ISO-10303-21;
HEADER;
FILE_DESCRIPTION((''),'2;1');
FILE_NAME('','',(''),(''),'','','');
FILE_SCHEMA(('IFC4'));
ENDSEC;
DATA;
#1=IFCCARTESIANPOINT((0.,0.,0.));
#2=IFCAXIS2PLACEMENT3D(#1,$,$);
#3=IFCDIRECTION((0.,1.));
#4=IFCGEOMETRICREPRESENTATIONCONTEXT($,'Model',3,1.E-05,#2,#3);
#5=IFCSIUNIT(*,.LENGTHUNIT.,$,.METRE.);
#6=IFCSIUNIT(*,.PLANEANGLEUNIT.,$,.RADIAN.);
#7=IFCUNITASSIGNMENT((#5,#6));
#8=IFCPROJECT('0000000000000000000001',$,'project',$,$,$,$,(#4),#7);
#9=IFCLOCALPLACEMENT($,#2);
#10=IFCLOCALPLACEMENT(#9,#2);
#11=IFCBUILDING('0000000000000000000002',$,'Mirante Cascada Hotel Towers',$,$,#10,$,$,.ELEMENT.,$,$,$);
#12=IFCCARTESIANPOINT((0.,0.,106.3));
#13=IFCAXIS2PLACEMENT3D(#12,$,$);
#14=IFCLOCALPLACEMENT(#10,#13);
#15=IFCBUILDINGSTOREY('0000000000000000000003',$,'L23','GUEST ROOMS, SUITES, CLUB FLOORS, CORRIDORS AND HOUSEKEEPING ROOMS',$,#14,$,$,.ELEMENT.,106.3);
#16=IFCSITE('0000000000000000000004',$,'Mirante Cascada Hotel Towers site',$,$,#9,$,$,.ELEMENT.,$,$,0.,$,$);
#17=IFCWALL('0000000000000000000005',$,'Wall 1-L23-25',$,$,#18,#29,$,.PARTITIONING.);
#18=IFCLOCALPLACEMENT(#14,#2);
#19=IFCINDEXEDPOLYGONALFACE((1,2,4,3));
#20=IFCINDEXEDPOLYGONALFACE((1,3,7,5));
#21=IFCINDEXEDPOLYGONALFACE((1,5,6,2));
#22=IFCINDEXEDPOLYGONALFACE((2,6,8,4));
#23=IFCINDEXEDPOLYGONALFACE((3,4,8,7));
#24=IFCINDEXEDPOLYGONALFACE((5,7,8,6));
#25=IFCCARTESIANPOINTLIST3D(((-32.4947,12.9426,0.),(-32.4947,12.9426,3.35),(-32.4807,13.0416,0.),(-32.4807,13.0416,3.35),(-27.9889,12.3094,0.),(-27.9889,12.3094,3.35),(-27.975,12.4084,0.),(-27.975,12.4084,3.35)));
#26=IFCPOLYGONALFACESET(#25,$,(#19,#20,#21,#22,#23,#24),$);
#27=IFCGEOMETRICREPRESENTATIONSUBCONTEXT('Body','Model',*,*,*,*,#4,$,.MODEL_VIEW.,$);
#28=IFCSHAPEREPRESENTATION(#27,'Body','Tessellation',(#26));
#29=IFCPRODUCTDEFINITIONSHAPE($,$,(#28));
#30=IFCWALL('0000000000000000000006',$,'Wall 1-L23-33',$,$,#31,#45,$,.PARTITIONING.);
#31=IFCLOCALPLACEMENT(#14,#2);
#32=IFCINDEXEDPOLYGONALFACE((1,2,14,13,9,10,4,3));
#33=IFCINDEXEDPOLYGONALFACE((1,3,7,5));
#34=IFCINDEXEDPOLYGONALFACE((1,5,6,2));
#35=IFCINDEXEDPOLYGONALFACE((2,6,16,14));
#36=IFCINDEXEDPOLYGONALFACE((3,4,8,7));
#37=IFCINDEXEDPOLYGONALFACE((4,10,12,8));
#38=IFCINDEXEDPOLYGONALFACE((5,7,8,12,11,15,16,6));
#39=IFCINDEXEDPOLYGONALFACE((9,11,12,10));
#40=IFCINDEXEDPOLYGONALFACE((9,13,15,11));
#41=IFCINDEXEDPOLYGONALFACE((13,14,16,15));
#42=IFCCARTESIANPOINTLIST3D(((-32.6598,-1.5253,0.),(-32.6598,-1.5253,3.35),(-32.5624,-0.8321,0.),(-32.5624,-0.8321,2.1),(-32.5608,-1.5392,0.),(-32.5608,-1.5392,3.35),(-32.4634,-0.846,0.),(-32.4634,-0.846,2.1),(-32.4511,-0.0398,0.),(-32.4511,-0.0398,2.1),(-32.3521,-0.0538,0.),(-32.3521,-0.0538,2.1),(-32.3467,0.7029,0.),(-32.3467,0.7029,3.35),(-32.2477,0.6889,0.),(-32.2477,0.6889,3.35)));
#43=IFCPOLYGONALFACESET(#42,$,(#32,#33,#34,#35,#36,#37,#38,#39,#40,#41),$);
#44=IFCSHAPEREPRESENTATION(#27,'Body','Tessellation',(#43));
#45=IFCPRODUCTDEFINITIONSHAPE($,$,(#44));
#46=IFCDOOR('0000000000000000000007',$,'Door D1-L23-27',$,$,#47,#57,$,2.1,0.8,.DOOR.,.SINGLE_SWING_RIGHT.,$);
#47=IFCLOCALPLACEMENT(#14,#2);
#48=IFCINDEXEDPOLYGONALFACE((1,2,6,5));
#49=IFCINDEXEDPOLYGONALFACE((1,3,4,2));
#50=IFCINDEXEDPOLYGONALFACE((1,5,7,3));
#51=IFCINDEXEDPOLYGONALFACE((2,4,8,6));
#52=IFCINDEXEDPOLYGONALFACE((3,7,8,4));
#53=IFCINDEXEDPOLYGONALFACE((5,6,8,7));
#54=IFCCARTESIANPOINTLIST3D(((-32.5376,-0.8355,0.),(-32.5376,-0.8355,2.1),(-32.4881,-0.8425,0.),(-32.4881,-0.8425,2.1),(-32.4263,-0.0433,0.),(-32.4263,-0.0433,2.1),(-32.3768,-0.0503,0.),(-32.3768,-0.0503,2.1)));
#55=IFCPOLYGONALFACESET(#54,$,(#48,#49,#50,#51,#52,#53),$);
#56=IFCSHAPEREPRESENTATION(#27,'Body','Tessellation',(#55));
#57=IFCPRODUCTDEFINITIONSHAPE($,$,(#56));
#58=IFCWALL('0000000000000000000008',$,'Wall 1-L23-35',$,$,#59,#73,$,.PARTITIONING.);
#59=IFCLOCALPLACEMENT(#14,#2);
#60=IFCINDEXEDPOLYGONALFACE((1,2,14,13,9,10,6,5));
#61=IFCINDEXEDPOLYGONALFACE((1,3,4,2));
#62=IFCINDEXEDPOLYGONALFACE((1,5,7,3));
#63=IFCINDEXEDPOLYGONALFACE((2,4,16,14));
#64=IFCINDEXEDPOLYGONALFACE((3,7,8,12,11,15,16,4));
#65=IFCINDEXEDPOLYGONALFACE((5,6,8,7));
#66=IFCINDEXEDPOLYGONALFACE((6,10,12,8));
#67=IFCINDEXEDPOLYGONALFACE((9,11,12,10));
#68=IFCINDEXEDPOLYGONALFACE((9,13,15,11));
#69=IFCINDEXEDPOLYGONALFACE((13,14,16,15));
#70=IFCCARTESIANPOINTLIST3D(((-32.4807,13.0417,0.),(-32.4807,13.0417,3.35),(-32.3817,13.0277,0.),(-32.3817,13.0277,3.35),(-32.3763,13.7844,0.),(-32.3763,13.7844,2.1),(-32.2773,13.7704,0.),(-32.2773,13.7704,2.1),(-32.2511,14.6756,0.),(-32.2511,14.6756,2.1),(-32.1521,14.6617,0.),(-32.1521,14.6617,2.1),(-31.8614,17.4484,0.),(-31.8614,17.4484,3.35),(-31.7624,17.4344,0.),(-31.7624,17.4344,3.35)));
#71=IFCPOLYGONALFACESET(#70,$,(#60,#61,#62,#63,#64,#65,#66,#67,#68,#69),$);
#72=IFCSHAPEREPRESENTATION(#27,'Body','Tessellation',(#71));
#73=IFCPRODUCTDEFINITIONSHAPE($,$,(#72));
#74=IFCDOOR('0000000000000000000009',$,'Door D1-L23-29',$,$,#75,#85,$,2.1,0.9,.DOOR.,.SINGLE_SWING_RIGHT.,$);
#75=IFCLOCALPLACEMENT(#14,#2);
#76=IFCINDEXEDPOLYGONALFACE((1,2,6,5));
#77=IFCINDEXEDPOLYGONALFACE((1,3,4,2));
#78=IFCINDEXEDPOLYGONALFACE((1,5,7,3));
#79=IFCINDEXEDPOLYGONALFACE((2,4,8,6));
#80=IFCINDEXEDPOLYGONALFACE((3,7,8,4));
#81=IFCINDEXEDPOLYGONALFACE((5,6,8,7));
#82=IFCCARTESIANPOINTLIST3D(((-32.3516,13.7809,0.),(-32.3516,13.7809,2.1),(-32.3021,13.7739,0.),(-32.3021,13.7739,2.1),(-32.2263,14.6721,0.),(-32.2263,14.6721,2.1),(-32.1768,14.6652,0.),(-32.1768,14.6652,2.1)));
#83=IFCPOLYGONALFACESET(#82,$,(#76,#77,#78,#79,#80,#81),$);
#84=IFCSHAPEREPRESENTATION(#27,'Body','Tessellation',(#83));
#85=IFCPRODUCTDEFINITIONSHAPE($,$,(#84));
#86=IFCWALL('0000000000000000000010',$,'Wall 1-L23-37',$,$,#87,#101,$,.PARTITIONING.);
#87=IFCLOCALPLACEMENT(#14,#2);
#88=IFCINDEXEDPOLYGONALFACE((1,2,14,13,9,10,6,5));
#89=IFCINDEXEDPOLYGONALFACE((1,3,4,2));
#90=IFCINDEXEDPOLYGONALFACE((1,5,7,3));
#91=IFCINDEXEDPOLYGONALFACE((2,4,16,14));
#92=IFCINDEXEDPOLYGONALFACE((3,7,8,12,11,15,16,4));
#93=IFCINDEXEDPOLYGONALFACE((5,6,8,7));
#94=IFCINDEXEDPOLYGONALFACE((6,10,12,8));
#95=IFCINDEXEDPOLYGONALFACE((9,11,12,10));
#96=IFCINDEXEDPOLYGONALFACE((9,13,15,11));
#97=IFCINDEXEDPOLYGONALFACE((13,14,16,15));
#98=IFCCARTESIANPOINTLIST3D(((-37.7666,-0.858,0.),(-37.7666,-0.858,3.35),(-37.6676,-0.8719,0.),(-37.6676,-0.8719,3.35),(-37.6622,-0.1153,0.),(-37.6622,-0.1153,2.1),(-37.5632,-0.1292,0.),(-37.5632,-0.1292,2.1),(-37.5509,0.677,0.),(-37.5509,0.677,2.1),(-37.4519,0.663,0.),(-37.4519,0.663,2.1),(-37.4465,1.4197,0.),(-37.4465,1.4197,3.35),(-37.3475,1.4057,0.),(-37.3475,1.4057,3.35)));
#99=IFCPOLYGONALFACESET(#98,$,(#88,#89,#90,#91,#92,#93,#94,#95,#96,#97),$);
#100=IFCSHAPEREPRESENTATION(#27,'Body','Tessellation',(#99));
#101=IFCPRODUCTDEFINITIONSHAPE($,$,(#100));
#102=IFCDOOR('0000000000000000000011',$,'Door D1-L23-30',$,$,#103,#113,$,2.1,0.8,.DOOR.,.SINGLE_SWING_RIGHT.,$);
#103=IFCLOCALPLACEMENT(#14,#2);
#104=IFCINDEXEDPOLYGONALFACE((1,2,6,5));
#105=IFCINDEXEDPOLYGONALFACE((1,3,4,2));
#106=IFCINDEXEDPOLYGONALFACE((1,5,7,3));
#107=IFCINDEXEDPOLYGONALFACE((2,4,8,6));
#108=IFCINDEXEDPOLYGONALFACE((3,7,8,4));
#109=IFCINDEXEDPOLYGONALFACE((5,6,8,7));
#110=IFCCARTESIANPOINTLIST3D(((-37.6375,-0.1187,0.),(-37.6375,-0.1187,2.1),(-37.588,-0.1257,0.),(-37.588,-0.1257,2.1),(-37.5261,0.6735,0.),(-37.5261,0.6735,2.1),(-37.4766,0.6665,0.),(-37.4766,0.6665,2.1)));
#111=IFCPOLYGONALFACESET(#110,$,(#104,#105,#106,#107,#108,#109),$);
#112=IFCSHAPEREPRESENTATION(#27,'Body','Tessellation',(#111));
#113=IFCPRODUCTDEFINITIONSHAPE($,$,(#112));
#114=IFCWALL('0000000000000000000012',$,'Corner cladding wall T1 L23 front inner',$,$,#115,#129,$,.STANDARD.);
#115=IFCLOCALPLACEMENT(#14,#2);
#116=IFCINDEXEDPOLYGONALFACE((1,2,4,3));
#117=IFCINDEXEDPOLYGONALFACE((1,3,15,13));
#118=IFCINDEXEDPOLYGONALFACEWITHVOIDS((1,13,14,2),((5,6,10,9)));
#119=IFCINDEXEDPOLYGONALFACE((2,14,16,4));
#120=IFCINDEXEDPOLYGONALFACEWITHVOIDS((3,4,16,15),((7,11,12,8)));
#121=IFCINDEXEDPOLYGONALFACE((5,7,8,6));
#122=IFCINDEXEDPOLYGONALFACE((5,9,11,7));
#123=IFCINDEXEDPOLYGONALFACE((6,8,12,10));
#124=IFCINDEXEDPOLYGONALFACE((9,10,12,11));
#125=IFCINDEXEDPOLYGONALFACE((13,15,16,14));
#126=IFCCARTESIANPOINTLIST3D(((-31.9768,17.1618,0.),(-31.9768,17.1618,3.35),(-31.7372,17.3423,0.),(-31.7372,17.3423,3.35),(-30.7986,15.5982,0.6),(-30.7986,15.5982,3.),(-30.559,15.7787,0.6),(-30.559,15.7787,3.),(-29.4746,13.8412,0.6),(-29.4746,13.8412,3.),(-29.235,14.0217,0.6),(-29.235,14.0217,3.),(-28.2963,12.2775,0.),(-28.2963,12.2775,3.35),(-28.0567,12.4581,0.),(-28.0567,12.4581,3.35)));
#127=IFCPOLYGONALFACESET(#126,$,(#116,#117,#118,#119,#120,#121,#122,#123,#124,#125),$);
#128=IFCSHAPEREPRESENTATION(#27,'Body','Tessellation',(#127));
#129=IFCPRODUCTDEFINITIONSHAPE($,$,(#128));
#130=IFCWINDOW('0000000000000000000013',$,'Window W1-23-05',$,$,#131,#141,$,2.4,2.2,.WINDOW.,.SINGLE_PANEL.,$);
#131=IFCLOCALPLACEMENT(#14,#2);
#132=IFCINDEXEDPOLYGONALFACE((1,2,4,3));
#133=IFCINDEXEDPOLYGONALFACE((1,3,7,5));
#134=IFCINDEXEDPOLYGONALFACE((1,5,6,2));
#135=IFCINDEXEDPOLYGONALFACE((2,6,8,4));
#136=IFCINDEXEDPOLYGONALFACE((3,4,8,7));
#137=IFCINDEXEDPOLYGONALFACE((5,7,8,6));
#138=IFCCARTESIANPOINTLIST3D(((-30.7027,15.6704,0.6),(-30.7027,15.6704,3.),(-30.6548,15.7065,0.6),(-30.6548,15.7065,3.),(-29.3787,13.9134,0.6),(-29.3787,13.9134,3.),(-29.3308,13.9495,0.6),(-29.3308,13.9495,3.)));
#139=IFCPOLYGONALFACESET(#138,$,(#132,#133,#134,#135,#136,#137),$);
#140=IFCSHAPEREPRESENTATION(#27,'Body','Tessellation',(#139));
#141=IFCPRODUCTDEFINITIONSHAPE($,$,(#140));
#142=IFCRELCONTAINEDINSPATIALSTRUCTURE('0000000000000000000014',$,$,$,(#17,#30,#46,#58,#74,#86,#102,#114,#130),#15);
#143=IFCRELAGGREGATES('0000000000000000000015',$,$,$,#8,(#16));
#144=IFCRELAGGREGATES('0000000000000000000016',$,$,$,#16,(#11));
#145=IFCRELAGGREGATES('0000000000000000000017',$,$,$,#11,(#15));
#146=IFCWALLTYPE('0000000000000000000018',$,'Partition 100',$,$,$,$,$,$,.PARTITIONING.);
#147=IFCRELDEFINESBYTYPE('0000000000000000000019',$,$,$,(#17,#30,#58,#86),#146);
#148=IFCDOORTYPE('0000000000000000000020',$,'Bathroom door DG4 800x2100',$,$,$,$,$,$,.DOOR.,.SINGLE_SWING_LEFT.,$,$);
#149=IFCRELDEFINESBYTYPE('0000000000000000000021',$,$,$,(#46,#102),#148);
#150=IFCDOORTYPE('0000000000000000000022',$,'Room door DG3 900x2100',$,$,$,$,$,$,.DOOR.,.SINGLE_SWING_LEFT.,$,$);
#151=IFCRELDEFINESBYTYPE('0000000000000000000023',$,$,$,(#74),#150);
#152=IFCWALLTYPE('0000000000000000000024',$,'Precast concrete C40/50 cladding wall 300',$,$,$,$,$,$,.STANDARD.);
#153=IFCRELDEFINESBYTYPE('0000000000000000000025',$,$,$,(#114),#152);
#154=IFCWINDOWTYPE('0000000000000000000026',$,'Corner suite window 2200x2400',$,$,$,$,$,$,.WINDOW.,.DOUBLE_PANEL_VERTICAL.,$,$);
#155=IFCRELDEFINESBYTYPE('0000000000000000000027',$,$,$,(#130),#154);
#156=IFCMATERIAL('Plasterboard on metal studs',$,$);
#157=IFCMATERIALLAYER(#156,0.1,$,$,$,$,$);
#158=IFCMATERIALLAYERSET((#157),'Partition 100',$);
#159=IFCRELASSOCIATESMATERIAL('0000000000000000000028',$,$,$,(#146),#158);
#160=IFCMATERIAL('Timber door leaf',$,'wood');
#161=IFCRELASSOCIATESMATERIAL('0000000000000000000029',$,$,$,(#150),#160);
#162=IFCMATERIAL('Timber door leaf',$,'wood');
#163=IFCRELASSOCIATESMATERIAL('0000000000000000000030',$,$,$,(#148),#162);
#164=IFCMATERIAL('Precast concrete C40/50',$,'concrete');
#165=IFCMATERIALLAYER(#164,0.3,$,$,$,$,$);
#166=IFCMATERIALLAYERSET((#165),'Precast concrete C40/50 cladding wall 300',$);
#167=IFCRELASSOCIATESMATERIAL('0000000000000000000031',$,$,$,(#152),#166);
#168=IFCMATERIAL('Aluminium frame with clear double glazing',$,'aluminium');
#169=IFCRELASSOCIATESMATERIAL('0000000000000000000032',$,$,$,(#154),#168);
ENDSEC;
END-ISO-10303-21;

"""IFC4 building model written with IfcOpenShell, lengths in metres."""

from ifc_helpers import new_model, si_unit, direction, frame, frame_2d, origin, place, context, subcontext, project, spatial, rectangle, extrude, material, layer, layer_set, type_object, element, fill, save


model = new_model("IFC4")

# Units and contexts
model_context = context("Model", 3, precision=1e-05, world=origin(), true_north=direction((0.0, 1.0)))
body_context = subcontext(model_context, "Body", "Model", "MODEL_VIEW")
ifc_project = project(units=[si_unit("LENGTHUNIT", "METRE"), si_unit("PLANEANGLEUNIT", "RADIAN")], contexts=[model_context])

# Site, building, storey
site_placement = place(None, origin())
site = spatial("IfcSite", under=ifc_project, at=site_placement, Name="Mirante Cascada Hotel Towers site", CompositionType="ELEMENT", RefElevation=0.0)
building_placement = place(site_placement, origin())
building = spatial("IfcBuilding", under=site, at=building_placement, Name="Mirante Cascada Hotel Towers", CompositionType="ELEMENT")
storey_placement = place(building_placement, frame((0.0, 0.0, 106.3)))
storey = spatial("IfcBuildingStorey", under=building, at=storey_placement, Name="L23", Description="GUEST ROOMS, SUITES, CLUB FLOORS, CORRIDORS AND HOUSEKEEPING ROOMS", CompositionType="ELEMENT", Elevation=106.3)

# Shared definitions
ifc_material_1 = material(Name="Plasterboard on metal studs")
ifc_layer_1 = layer(ifc_material_1, 0.1)
ifc_layer_set_1 = layer_set([ifc_layer_1], Name="Partition 100")
wall_type_1 = type_object("IfcWallType", Name="Partition 100", PredefinedType="PARTITIONING", material=ifc_layer_set_1)

# Shared definitions
ifc_material_2 = material(Name="Timber door leaf", Category="wood")
door_type_1 = type_object("IfcDoorType", Name="Room door DG3 900x2100", OperationType="SINGLE_SWING_LEFT", PredefinedType="DOOR", material=ifc_material_2)

# Wall
wall_1_placement = place(storey_placement, frame((-32.4877, 12.9921, 0.0), z_axis=(0.0, 0.0, 1.0), x_axis=(0.990269, -0.139166, 0.0)))
element("IfcWall", 1, at=wall_1_placement, inside=storey, type_object=wall_type_1, Name="Wall 1-L23-25", PredefinedType="PARTITIONING", context=body_context, shape_type="SweptSolid", body=[
    extrude(rectangle(XDim=4.55, YDim=0.1, at=frame_2d((2.275, 0.0))), origin(), (0.0, 0.0, 1.0), 3.35),
])

# Walls, openings, doors
wall_2_placement = place(storey_placement, frame((-32.2972, 0.6959, 0.0), z_axis=(0.0, 0.0, 1.0), x_axis=(-0.139156, -0.990271, 0.0)))
wall_2 = element("IfcWall", 2, at=wall_2_placement, inside=storey, type_object=wall_type_1, Name="Wall 1-L23-33", PredefinedType="PARTITIONING", context=body_context, shape_type="SweptSolid", body=[
    extrude(rectangle(XDim=2.25, YDim=0.1, at=frame_2d((1.125, 0.0))), origin(), (0.0, 0.0, 1.0), 3.35),
])
opening_1_placement = place(wall_2_placement, frame((0.75, 0.0, 0.0)))
opening_1 = element("IfcOpeningElement", 3, at=opening_1_placement, cuts=wall_2, PredefinedType="OPENING", context=body_context, shape_type="SweptSolid", body=[
    extrude(rectangle(XDim=0.8, YDim=2.1, at=frame_2d((0.4, 1.05))), frame((0.0, 0.05, 0.0), z_axis=(0.0, -1.0, 0.0), x_axis=(1.0, 0.0, 0.0)), (0.0, 0.0, 1.0), 0.1),
])
ifc_material_3 = material(Name="Timber door leaf", Category="wood")
door_type_2 = type_object("IfcDoorType", Name="Bathroom door DG4 800x2100", OperationType="SINGLE_SWING_LEFT", PredefinedType="DOOR", material=ifc_material_3)
door_1_placement = place(opening_1_placement, frame((0.8, 0.0, 0.0), z_axis=(0.0, 0.0, 1.0), x_axis=(-1.0, 0.0, 0.0)))
door_1 = element("IfcDoor", 4, at=door_1_placement, inside=storey, type_object=door_type_2, Name="Door D1-L23-27", OperationType="SINGLE_SWING_RIGHT", OverallHeight=2.1, OverallWidth=0.8, PredefinedType="DOOR", context=body_context, shape_type="SweptSolid", body=[
    extrude(rectangle(XDim=0.8, YDim=2.1, at=frame_2d((0.4, 1.05))), frame((0.0, 0.025, 0.0), z_axis=(0.0, -1.0, 0.0), x_axis=(1.0, 0.0, 0.0)), (0.0, 0.0, 1.0), 0.05),
])
fill(opening_1, door_1)
wall_3_placement = place(storey_placement, frame((-31.8119, 17.4414, 0.0), z_axis=(0.0, 0.0, 1.0), x_axis=(-0.139168, -0.990269, 0.0)))
wall_3 = element("IfcWall", 5, at=wall_3_placement, inside=storey, type_object=wall_type_1, Name="Wall 1-L23-35", PredefinedType="PARTITIONING", context=body_context, shape_type="SweptSolid", body=[
    extrude(rectangle(XDim=4.45, YDim=0.1, at=frame_2d((2.225, 0.0))), origin(), (0.0, 0.0, 1.0), 3.35),
])
opening_2_placement = place(wall_3_placement, frame((2.8, 0.0, 0.0)))
opening_2 = element("IfcOpeningElement", 6, at=opening_2_placement, cuts=wall_3, PredefinedType="OPENING", context=body_context, shape_type="SweptSolid", body=[
    extrude(rectangle(XDim=0.9, YDim=2.1, at=frame_2d((0.45, 1.05))), frame((0.0, 0.05, 0.0), z_axis=(0.0, -1.0, 0.0), x_axis=(1.0, 0.0, 0.0)), (0.0, 0.0, 1.0), 0.1),
])
door_2_placement = place(opening_2_placement, frame((0.9, 0.0, 0.0), z_axis=(0.0, 0.0, 1.0), x_axis=(-1.0, 0.0, 0.0)))
door_2 = element("IfcDoor", 7, at=door_2_placement, inside=storey, type_object=door_type_1, Name="Door D1-L23-29", OperationType="SINGLE_SWING_RIGHT", OverallHeight=2.1, OverallWidth=0.9, PredefinedType="DOOR", context=body_context, shape_type="SweptSolid", body=[
    extrude(rectangle(XDim=0.9, YDim=2.1, at=frame_2d((0.45, 1.05))), frame((0.0, 0.025, 0.0), z_axis=(0.0, -1.0, 0.0), x_axis=(1.0, 0.0, 0.0)), (0.0, 0.0, 1.0), 0.05),
])
fill(opening_2, door_2)
wall_4_placement = place(storey_placement, frame((-37.397, 1.4127, 0.0), z_axis=(0.0, 0.0, 1.0), x_axis=(-0.139175, -0.990268, 0.0)))
wall_4 = element("IfcWall", 8, at=wall_4_placement, inside=storey, type_object=wall_type_1, Name="Wall 1-L23-37", PredefinedType="PARTITIONING", context=body_context, shape_type="SweptSolid", body=[
    extrude(rectangle(XDim=2.3, YDim=0.1, at=frame_2d((1.15, 0.0))), origin(), (0.0, 0.0, 1.0), 3.35),
])
opening_3_placement = place(wall_4_placement, frame((0.75, 0.0, 0.0)))
opening_3 = element("IfcOpeningElement", 9, at=opening_3_placement, cuts=wall_4, PredefinedType="OPENING", context=body_context, shape_type="SweptSolid", body=[
    extrude(rectangle(XDim=0.8, YDim=2.1, at=frame_2d((0.4, 1.05))), frame((0.0, 0.05, 0.0), z_axis=(0.0, -1.0, 0.0), x_axis=(1.0, 0.0, 0.0)), (0.0, 0.0, 1.0), 0.1),
])
door_3_placement = place(opening_3_placement, frame((0.8, 0.0, 0.0), z_axis=(0.0, 0.0, 1.0), x_axis=(-1.0, 0.0, 0.0)))
door_3 = element("IfcDoor", 10, at=door_3_placement, inside=storey, type_object=door_type_2, Name="Door D1-L23-30", OperationType="SINGLE_SWING_RIGHT", OverallHeight=2.1, OverallWidth=0.8, PredefinedType="DOOR", context=body_context, shape_type="SweptSolid", body=[
    extrude(rectangle(XDim=0.8, YDim=2.1, at=frame_2d((0.4, 1.05))), frame((0.0, 0.025, 0.0), z_axis=(0.0, -1.0, 0.0), x_axis=(1.0, 0.0, 0.0)), (0.0, 0.0, 1.0), 0.05),
])
fill(opening_3, door_3)

# Wall, opening, window
ifc_material_4 = material(Name="Precast concrete C40/50", Category="concrete")
ifc_layer_2 = layer(ifc_material_4, 0.3)
ifc_layer_set_2 = layer_set([ifc_layer_2], Name="Precast concrete C40/50 cladding wall 300")
wall_type_2 = type_object("IfcWallType", Name="Precast concrete C40/50 cladding wall 300", PredefinedType="STANDARD", material=ifc_layer_set_2)
wall_5_placement = place(storey_placement, frame((-31.857, 17.252, 0.0), z_axis=(0.0, 0.0, 1.0), x_axis=(0.601814, -0.798636, 0.0)))
wall_5 = element("IfcWall", 11, at=wall_5_placement, inside=storey, type_object=wall_type_2, Name="Corner cladding wall T1 L23 front inner", PredefinedType="STANDARD", context=body_context, shape_type="SweptSolid", body=[
    extrude(rectangle(XDim=6.1157, YDim=0.3, at=frame_2d((3.0578, 0.0))), origin(), (0.0, 0.0, 1.0), 3.35),
])
opening_4_placement = place(wall_5_placement, frame((1.9578, 0.0, 0.6)))
opening_4 = element("IfcOpeningElement", 12, at=opening_4_placement, cuts=wall_5, PredefinedType="OPENING", context=body_context, shape_type="SweptSolid", body=[
    extrude(rectangle(XDim=2.2, YDim=2.4, at=frame_2d((1.1, 1.2))), frame((0.0, 0.15, 0.0), z_axis=(0.0, -1.0, 0.0), x_axis=(1.0, 0.0, 0.0)), (0.0, 0.0, 1.0), 0.3),
])
ifc_material_5 = material(Name="Aluminium frame with clear double glazing", Category="aluminium")
window_type = type_object("IfcWindowType", Name="Corner suite window 2200x2400", PartitioningType="DOUBLE_PANEL_VERTICAL", PredefinedType="WINDOW", material=ifc_material_5)
window_placement = place(opening_4_placement, origin())
window = element("IfcWindow", 13, at=window_placement, inside=storey, type_object=window_type, Name="Window W1-23-05", OverallHeight=2.4, OverallWidth=2.2, PartitioningType="SINGLE_PANEL", PredefinedType="WINDOW", context=body_context, shape_type="SweptSolid", body=[
    extrude(rectangle(XDim=2.2, YDim=2.4, at=frame_2d((1.1, 1.2))), frame((0.0, 0.03, 0.0), z_axis=(0.0, -1.0, 0.0), x_axis=(1.0, 0.0, 0.0)), (0.0, 0.0, 1.0), 0.06),
])
fill(opening_4, window)

save(model, "model.ifc")
